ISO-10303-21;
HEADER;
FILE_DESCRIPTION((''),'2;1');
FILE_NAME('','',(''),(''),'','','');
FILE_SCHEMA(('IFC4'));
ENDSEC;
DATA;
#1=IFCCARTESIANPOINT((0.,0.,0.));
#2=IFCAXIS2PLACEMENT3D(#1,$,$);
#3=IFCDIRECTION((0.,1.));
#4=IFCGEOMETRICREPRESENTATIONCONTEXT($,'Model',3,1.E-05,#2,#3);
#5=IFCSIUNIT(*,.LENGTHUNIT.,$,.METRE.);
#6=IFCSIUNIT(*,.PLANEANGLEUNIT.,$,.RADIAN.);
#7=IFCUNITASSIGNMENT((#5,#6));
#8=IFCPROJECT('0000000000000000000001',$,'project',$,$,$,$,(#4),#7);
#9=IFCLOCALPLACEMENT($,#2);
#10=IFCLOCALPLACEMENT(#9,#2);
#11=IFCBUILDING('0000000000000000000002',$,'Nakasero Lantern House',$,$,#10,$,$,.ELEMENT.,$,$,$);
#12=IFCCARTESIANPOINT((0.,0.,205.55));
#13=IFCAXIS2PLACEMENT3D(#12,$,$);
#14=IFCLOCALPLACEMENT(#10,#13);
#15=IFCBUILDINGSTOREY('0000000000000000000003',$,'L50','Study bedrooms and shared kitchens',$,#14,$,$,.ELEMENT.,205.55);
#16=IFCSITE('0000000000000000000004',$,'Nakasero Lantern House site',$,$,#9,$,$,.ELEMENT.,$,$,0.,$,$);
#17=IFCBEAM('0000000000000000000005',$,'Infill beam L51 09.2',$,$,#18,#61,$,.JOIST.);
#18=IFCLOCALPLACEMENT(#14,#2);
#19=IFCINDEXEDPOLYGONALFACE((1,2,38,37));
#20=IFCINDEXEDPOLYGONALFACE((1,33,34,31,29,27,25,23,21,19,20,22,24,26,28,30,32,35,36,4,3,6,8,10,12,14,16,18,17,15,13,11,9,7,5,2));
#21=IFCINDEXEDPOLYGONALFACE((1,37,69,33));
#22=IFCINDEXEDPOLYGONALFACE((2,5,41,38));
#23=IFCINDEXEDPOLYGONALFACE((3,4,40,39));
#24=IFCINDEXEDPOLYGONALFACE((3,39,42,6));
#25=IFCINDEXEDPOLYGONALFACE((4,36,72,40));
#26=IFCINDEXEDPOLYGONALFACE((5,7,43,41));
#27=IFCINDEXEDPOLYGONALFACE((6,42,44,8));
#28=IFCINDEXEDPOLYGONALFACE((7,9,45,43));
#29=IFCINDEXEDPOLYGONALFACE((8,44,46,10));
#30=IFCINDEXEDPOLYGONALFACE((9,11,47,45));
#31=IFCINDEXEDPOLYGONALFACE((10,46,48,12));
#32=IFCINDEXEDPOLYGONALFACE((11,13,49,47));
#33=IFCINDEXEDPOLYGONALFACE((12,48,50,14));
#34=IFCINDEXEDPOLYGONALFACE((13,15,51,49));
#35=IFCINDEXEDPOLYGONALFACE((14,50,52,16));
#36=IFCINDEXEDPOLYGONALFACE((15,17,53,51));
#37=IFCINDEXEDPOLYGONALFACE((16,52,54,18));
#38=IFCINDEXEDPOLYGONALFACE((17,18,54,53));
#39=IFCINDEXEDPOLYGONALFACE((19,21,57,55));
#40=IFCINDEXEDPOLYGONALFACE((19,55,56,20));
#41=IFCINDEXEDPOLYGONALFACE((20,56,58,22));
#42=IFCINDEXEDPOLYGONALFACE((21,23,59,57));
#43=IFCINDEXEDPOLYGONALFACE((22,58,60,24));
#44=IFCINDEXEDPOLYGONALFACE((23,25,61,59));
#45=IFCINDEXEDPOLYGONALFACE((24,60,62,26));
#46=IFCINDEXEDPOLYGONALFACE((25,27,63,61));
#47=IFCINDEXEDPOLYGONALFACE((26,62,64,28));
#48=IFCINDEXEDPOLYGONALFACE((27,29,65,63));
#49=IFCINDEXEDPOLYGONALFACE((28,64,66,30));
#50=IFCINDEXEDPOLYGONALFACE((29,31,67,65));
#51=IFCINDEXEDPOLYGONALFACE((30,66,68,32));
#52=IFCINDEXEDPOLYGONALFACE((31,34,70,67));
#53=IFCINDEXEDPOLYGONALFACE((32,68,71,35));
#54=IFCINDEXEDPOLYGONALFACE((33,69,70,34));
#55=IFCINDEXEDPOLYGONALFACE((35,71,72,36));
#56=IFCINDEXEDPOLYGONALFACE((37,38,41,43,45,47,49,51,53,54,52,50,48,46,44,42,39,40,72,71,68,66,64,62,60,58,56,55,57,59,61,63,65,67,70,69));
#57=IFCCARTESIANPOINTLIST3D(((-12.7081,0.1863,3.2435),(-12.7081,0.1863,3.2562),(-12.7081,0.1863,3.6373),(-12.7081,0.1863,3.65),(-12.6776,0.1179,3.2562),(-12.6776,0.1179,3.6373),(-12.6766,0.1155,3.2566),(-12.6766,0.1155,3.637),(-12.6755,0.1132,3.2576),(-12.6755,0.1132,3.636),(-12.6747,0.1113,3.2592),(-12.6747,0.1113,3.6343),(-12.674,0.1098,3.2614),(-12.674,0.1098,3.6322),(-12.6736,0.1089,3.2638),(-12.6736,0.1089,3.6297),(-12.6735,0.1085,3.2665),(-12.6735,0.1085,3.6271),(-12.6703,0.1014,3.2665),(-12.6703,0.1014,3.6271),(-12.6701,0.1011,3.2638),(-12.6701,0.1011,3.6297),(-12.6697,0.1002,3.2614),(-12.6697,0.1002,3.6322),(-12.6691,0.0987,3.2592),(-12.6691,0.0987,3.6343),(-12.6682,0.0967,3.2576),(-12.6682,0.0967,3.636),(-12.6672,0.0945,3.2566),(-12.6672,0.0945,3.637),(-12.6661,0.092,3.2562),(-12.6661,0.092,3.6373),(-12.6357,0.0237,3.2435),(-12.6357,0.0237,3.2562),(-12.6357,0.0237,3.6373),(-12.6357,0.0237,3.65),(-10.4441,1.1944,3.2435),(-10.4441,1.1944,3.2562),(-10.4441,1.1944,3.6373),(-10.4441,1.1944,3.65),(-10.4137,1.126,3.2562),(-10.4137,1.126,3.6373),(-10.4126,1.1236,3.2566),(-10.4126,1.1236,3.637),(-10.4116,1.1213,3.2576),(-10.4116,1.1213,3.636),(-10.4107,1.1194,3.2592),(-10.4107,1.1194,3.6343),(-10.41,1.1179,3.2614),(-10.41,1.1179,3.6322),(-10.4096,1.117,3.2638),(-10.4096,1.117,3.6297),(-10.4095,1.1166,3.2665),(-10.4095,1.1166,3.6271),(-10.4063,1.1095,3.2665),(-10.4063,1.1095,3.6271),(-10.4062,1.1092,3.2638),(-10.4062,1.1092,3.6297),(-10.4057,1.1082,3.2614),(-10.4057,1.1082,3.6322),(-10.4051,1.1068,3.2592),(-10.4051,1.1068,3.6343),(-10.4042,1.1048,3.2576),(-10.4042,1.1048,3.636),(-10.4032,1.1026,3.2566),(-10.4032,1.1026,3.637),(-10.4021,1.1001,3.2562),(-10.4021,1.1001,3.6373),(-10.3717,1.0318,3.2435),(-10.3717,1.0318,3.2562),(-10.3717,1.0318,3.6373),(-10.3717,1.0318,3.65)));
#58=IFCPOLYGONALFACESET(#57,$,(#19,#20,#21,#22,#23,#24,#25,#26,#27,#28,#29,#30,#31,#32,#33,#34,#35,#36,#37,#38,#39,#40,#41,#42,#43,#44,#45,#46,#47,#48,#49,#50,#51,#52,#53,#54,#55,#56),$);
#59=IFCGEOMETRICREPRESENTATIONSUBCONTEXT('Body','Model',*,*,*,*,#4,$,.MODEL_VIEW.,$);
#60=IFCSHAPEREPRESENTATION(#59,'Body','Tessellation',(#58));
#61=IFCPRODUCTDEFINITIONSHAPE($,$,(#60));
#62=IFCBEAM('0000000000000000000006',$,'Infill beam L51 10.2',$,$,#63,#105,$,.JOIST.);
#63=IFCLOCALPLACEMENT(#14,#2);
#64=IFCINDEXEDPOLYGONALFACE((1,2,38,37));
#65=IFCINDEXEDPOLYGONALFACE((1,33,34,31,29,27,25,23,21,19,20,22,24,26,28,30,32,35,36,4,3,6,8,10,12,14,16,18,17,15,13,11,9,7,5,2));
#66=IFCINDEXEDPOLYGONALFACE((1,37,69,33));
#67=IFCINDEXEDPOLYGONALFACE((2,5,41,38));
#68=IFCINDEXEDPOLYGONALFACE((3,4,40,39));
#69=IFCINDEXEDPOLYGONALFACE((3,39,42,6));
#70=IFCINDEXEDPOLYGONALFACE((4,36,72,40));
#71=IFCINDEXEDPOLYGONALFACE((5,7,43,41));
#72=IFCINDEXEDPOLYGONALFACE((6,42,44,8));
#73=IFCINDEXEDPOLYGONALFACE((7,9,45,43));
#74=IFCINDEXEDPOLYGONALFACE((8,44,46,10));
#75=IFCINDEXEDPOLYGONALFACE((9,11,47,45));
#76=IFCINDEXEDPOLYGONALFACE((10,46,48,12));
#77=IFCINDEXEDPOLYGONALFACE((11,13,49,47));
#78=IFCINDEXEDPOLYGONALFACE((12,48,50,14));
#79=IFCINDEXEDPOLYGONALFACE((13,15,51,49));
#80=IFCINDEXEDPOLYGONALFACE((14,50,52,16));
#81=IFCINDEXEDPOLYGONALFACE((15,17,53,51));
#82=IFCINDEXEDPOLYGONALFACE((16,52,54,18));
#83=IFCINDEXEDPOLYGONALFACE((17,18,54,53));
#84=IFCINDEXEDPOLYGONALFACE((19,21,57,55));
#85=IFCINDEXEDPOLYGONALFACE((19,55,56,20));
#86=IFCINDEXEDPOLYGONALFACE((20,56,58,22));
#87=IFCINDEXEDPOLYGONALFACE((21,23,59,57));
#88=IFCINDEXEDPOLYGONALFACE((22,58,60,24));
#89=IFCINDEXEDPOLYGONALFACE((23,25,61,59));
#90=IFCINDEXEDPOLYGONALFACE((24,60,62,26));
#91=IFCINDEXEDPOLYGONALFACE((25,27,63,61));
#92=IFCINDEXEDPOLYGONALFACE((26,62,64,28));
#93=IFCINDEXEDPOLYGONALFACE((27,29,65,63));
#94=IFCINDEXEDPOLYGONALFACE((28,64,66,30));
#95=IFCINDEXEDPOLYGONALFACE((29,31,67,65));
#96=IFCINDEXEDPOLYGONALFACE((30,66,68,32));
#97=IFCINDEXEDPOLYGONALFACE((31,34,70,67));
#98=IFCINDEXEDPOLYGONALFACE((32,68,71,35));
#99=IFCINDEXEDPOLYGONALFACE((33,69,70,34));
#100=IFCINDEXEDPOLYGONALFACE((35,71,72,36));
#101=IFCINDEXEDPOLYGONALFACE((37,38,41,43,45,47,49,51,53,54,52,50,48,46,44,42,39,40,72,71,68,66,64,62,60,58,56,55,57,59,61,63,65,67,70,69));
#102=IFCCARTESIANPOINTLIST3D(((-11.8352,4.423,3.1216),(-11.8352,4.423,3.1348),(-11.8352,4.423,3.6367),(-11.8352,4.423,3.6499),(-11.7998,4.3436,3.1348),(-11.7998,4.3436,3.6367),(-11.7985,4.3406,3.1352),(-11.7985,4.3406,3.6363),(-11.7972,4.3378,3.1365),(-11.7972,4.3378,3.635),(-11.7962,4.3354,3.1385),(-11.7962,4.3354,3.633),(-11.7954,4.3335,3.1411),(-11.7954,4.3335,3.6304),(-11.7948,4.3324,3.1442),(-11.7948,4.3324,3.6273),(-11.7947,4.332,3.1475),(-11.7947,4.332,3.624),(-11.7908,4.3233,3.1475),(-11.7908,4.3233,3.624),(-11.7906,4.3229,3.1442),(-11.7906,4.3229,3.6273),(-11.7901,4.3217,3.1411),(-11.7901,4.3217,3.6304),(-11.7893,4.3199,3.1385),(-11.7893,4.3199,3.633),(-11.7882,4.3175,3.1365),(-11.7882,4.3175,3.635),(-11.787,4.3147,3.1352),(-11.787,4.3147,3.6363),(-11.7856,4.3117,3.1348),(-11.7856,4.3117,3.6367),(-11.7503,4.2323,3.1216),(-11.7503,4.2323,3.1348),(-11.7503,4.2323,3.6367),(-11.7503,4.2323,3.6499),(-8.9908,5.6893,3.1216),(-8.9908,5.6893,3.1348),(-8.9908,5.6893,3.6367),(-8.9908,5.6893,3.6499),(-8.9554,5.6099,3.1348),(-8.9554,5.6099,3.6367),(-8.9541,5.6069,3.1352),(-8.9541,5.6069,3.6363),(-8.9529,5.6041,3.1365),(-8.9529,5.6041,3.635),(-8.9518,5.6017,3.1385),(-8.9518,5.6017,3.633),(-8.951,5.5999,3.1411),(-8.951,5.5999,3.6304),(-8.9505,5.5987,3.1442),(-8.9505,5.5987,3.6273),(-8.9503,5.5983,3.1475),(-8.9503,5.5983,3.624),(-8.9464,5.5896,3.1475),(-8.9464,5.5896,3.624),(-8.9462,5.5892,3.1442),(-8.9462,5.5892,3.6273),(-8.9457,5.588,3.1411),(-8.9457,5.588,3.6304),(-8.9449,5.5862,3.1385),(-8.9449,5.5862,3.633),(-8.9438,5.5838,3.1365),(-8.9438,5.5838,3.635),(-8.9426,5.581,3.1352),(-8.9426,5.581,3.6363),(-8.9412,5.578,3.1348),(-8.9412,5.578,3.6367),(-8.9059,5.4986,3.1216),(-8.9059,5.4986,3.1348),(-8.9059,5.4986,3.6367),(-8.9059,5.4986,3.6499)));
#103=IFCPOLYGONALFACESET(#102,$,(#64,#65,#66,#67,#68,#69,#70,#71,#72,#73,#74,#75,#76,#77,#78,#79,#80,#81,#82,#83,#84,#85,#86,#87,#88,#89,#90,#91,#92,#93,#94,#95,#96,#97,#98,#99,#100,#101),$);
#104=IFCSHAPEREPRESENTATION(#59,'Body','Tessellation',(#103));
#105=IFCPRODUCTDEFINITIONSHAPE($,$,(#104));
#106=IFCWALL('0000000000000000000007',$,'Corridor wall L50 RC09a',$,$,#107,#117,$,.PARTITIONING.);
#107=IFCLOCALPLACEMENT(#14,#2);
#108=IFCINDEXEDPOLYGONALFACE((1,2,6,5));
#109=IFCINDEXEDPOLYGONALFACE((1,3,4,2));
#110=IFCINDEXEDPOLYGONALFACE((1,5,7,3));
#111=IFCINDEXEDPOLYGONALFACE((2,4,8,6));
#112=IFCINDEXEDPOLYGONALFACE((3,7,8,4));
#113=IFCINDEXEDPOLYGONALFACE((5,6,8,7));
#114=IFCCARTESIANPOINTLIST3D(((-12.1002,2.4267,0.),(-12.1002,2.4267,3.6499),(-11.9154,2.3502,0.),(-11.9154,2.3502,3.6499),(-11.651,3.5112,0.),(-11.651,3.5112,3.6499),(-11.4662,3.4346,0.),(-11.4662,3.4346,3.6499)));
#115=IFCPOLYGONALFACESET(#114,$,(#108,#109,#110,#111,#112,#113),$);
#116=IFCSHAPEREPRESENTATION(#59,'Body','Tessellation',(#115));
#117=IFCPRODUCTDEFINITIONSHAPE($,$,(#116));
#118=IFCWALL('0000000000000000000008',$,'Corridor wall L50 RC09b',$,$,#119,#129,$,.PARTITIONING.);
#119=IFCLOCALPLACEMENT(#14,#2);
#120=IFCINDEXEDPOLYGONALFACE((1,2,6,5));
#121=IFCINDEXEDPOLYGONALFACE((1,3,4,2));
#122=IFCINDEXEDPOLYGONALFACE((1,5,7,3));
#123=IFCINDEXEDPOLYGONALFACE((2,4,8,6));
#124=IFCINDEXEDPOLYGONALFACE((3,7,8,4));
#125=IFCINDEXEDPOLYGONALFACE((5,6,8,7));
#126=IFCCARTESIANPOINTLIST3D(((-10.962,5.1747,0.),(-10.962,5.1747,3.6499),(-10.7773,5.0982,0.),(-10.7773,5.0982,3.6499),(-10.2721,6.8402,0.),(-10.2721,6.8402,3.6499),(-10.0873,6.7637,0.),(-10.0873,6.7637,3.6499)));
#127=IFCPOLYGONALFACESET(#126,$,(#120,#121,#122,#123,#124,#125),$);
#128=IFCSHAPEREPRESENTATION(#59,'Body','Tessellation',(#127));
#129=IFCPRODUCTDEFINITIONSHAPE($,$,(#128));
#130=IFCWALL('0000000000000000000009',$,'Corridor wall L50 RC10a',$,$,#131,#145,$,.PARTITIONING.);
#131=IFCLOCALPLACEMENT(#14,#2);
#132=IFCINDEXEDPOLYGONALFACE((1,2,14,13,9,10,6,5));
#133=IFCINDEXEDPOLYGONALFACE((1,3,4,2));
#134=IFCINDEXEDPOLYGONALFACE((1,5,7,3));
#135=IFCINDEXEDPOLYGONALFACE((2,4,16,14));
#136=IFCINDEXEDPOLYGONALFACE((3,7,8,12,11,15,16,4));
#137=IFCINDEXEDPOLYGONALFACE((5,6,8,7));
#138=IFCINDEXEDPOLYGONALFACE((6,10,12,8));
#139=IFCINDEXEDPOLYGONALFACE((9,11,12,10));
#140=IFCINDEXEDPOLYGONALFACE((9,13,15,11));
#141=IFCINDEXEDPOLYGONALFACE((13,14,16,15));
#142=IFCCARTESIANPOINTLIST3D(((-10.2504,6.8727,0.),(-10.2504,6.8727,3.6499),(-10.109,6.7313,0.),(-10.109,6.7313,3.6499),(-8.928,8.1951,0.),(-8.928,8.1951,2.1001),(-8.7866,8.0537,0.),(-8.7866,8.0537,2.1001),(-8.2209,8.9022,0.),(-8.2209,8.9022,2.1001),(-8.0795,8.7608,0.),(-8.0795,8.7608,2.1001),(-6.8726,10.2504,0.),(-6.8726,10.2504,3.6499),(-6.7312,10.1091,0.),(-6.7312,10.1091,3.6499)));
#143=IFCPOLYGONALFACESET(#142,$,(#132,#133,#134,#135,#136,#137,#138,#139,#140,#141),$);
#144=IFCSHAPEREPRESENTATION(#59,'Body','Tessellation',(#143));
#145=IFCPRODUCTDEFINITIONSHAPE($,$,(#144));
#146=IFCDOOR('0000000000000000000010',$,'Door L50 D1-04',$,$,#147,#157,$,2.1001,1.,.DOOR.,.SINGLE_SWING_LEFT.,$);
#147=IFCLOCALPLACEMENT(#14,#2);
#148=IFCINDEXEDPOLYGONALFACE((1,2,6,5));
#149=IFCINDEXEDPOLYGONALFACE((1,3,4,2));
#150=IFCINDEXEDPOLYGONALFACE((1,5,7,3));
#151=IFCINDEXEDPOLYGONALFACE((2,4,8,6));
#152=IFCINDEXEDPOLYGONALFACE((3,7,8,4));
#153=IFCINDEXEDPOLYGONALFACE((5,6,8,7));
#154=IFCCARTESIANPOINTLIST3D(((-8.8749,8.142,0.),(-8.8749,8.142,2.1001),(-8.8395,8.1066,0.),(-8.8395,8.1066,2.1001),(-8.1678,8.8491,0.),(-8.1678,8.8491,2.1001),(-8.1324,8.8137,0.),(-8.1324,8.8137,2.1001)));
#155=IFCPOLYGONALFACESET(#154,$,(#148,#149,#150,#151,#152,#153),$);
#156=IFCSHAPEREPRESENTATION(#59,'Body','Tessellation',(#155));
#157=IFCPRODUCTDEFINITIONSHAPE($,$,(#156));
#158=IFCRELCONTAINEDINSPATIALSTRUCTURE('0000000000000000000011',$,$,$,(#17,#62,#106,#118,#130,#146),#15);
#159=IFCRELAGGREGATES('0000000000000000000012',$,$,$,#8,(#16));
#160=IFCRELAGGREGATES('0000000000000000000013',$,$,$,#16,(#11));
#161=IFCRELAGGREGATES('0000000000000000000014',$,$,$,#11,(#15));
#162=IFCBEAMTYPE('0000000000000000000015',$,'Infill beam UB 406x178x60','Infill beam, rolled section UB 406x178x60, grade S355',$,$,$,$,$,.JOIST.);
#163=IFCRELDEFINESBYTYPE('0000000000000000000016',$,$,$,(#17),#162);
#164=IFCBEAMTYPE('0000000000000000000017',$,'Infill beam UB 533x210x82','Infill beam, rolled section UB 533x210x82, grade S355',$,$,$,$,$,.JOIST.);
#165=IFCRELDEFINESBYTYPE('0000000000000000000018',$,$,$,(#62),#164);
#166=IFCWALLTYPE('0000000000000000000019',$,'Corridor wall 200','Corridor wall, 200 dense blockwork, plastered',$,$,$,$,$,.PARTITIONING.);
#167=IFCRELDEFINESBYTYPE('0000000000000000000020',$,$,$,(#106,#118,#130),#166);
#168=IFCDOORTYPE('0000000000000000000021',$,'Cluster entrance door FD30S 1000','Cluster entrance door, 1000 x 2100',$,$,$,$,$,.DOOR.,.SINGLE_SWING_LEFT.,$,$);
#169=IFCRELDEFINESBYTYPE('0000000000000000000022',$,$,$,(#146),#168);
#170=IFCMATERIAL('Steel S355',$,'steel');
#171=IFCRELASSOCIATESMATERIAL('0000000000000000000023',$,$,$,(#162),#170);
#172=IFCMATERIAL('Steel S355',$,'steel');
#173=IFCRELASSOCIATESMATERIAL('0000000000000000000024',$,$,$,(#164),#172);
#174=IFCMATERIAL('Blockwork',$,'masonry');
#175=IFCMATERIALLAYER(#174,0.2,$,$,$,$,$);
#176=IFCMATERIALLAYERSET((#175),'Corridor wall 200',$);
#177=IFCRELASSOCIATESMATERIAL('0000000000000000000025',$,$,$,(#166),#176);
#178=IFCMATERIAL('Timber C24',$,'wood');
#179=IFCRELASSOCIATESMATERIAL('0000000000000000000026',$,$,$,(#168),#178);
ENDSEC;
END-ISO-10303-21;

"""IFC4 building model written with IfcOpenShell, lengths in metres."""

from ifc_helpers import new_model, si_unit, direction, frame, frame_2d, origin, origin_2d, place, context, subcontext, project, spatial, rectangle, i_section, extrude, material, layer, layer_set, material_profile, profile_set, type_object, element, fill, save


model = new_model("IFC4")

# Units and contexts
model_context = context("Model", 3, precision=1e-05, world=origin(), true_north=direction((0.0, 1.0)))
body_context = subcontext(model_context, "Body", "Model", "MODEL_VIEW")
ifc_project = project(units=[si_unit("LENGTHUNIT", "METRE"), si_unit("PLANEANGLEUNIT", "RADIAN")], contexts=[model_context])

# Site, building, storey
site_placement = place(None, origin())
site = spatial("IfcSite", under=ifc_project, at=site_placement, Name="Nakasero Lantern House site", CompositionType="ELEMENT", RefElevation=0.0)
building_placement = place(site_placement, origin())
building = spatial("IfcBuilding", under=site, at=building_placement, Name="Nakasero Lantern House", CompositionType="ELEMENT")
storey_placement = place(building_placement, frame((0.0, 0.0, 205.55)))
storey = spatial("IfcBuildingStorey", under=building, at=storey_placement, Name="L50", Description="Study bedrooms and shared kitchens", CompositionType="ELEMENT", Elevation=205.55)

# Beams
ifc_material_1 = material(Name="Steel S355", Category="steel")
ifc_material_profile_1 = material_profile(ifc_material_1, i_section(OverallWidth=0.178, OverallDepth=0.4065, WebThickness=0.0078, FlangeThickness=0.0127, FilletRadius=0.0103, at=origin_2d()), Name="UB 406x178x60")
ifc_profile_set_1 = profile_set([ifc_material_profile_1], Name="Steel S355")
beam_type_1 = type_object("IfcBeamType", Name="Infill beam UB 406x178x60", Description="Infill beam, rolled section UB 406x178x60, grade S355", PredefinedType="JOIST", material=ifc_profile_set_1)
beam_1_placement = place(storey_placement, frame((-12.6719, 0.105, 3.4468), z_axis=(0.913531, 0.406769, 0.0), x_axis=(-0.406769, 0.913531, 0.0)))
element("IfcBeam", 1, at=beam_1_placement, inside=storey, type_object=beam_type_1, Name="Infill beam L51 09.2", PredefinedType="JOIST", context=body_context, shape_type="SweptSolid", body=[
    extrude(i_section(OverallWidth=0.178, OverallDepth=0.4065, WebThickness=0.0078, FlangeThickness=0.0127, FilletRadius=0.0103, at=origin_2d()), origin(), (0.0, 0.0, 1.0), 2.4783),
])
ifc_material_2 = material(Name="Steel S355", Category="steel")
ifc_material_profile_2 = material_profile(ifc_material_2, i_section(OverallWidth=0.2087, OverallDepth=0.5283, WebThickness=0.0095, FlangeThickness=0.0132, FilletRadius=0.0127, at=origin_2d()), Name="UB 533x210x82")
ifc_profile_set_2 = profile_set([ifc_material_profile_2], Name="Steel S355")
beam_type_2 = type_object("IfcBeamType", Name="Infill beam UB 533x210x82", Description="Infill beam, rolled section UB 533x210x82, grade S355", PredefinedType="JOIST", material=ifc_profile_set_2)
beam_2_placement = place(storey_placement, frame((-11.7927, 4.3276, 3.3857), z_axis=(0.913556, 0.406713, 0.0), x_axis=(-0.406713, 0.913556, 0.0)))
element("IfcBeam", 2, at=beam_2_placement, inside=storey, type_object=beam_type_2, Name="Infill beam L51 10.2", PredefinedType="JOIST", context=body_context, shape_type="SweptSolid", body=[
    extrude(i_section(OverallWidth=0.2087, OverallDepth=0.5283, WebThickness=0.0095, FlangeThickness=0.0132, FilletRadius=0.0127, at=origin_2d()), origin(), (0.0, 0.0, 1.0), 3.1135),
])

# Walls
ifc_material_3 = material(Name="Blockwork", Category="masonry")
ifc_layer_1 = layer(ifc_material_3, 0.2)
ifc_layer_set_1 = layer_set([ifc_layer_1], Name="Corridor wall 200")
wall_type_1 = type_object("IfcWallType", Name="Corridor wall 200", Description="Corridor wall, 200 dense blockwork, plastered", PredefinedType="PARTITIONING", material=ifc_layer_set_1)
wall_1_placement = place(storey_placement, frame((-12.0078, 2.3884, 0.0), z_axis=(0.0, 0.0, 1.0), x_axis=(0.382695, 0.923875, 0.0)))
element("IfcWall", 3, at=wall_1_placement, inside=storey, type_object=wall_type_1, Name="Corridor wall L50 RC09a", PredefinedType="PARTITIONING", context=body_context, shape_type="SweptSolid", body=[
    extrude(rectangle(XDim=1.1738, YDim=0.2, at=frame_2d((0.5869, 0.0))), origin(), (0.0, 0.0, 1.0), 3.6499),
])
wall_2_placement = place(storey_placement, frame((-10.8696, 5.1365, 0.0), z_axis=(0.0, 0.0, 1.0), x_axis=(0.382711, 0.923868, 0.0)))
element("IfcWall", 4, at=wall_2_placement, inside=storey, type_object=wall_type_1, Name="Corridor wall L50 RC09b", PredefinedType="PARTITIONING", context=body_context, shape_type="SweptSolid", body=[
    extrude(rectangle(XDim=1.8027, YDim=0.2, at=frame_2d((0.9014, 0.0))), origin(), (0.0, 0.0, 1.0), 3.6499),
])

# Wall, opening, door
wall_3_placement = place(storey_placement, frame((-10.1797, 6.802, 0.0), z_axis=(0.0, 0.0, 1.0), x_axis=(0.707107, 0.707107, 0.0)))
wall_3 = element("IfcWall", 5, at=wall_3_placement, inside=storey, type_object=wall_type_1, Name="Corridor wall L50 RC10a", PredefinedType="PARTITIONING", context=body_context, shape_type="SweptSolid", body=[
    extrude(rectangle(XDim=4.7769, YDim=0.2, at=frame_2d((2.3884, 0.0))), origin(), (0.0, 0.0, 1.0), 3.6499),
])
opening_1_placement = place(wall_3_placement, frame((1.8701, 0.0, 0.0)))
opening_1 = element("IfcOpeningElement", 6, at=opening_1_placement, cuts=wall_3, PredefinedType="OPENING", context=body_context, shape_type="SweptSolid", body=[
    extrude(rectangle(XDim=1.0, YDim=2.1001, at=frame_2d((0.5, 1.05))), frame((0.0, 0.1199, 0.0), z_axis=(0.0, -1.0, 0.0), x_axis=(1.0, 0.0, 0.0)), (0.0, 0.0, 1.0), 0.24),
])
ifc_material_4 = material(Name="Timber C24", Category="wood")
door_type_1 = type_object("IfcDoorType", Name="Cluster entrance door FD30S 1000", Description="Cluster entrance door, 1000 x 2100", OperationType="SINGLE_SWING_LEFT", PredefinedType="DOOR", material=ifc_material_4)
door_1_placement = place(opening_1_placement, origin())
door_1 = element("IfcDoor", 7, at=door_1_placement, inside=storey, type_object=door_type_1, Name="Door L50 D1-04", OperationType="SINGLE_SWING_LEFT", OverallHeight=2.1001, OverallWidth=1.0, PredefinedType="DOOR", context=body_context, shape_type="SweptSolid", body=[
    extrude(rectangle(XDim=1.0, YDim=2.1001, at=frame_2d((0.5, 1.05))), frame((0.0, 0.0249, 0.0), z_axis=(0.0, -1.0, 0.0), x_axis=(1.0, 0.0, 0.0)), (0.0, 0.0, 1.0), 0.05),
])
fill(opening_1, door_1)

save(model, "model.ifc")
